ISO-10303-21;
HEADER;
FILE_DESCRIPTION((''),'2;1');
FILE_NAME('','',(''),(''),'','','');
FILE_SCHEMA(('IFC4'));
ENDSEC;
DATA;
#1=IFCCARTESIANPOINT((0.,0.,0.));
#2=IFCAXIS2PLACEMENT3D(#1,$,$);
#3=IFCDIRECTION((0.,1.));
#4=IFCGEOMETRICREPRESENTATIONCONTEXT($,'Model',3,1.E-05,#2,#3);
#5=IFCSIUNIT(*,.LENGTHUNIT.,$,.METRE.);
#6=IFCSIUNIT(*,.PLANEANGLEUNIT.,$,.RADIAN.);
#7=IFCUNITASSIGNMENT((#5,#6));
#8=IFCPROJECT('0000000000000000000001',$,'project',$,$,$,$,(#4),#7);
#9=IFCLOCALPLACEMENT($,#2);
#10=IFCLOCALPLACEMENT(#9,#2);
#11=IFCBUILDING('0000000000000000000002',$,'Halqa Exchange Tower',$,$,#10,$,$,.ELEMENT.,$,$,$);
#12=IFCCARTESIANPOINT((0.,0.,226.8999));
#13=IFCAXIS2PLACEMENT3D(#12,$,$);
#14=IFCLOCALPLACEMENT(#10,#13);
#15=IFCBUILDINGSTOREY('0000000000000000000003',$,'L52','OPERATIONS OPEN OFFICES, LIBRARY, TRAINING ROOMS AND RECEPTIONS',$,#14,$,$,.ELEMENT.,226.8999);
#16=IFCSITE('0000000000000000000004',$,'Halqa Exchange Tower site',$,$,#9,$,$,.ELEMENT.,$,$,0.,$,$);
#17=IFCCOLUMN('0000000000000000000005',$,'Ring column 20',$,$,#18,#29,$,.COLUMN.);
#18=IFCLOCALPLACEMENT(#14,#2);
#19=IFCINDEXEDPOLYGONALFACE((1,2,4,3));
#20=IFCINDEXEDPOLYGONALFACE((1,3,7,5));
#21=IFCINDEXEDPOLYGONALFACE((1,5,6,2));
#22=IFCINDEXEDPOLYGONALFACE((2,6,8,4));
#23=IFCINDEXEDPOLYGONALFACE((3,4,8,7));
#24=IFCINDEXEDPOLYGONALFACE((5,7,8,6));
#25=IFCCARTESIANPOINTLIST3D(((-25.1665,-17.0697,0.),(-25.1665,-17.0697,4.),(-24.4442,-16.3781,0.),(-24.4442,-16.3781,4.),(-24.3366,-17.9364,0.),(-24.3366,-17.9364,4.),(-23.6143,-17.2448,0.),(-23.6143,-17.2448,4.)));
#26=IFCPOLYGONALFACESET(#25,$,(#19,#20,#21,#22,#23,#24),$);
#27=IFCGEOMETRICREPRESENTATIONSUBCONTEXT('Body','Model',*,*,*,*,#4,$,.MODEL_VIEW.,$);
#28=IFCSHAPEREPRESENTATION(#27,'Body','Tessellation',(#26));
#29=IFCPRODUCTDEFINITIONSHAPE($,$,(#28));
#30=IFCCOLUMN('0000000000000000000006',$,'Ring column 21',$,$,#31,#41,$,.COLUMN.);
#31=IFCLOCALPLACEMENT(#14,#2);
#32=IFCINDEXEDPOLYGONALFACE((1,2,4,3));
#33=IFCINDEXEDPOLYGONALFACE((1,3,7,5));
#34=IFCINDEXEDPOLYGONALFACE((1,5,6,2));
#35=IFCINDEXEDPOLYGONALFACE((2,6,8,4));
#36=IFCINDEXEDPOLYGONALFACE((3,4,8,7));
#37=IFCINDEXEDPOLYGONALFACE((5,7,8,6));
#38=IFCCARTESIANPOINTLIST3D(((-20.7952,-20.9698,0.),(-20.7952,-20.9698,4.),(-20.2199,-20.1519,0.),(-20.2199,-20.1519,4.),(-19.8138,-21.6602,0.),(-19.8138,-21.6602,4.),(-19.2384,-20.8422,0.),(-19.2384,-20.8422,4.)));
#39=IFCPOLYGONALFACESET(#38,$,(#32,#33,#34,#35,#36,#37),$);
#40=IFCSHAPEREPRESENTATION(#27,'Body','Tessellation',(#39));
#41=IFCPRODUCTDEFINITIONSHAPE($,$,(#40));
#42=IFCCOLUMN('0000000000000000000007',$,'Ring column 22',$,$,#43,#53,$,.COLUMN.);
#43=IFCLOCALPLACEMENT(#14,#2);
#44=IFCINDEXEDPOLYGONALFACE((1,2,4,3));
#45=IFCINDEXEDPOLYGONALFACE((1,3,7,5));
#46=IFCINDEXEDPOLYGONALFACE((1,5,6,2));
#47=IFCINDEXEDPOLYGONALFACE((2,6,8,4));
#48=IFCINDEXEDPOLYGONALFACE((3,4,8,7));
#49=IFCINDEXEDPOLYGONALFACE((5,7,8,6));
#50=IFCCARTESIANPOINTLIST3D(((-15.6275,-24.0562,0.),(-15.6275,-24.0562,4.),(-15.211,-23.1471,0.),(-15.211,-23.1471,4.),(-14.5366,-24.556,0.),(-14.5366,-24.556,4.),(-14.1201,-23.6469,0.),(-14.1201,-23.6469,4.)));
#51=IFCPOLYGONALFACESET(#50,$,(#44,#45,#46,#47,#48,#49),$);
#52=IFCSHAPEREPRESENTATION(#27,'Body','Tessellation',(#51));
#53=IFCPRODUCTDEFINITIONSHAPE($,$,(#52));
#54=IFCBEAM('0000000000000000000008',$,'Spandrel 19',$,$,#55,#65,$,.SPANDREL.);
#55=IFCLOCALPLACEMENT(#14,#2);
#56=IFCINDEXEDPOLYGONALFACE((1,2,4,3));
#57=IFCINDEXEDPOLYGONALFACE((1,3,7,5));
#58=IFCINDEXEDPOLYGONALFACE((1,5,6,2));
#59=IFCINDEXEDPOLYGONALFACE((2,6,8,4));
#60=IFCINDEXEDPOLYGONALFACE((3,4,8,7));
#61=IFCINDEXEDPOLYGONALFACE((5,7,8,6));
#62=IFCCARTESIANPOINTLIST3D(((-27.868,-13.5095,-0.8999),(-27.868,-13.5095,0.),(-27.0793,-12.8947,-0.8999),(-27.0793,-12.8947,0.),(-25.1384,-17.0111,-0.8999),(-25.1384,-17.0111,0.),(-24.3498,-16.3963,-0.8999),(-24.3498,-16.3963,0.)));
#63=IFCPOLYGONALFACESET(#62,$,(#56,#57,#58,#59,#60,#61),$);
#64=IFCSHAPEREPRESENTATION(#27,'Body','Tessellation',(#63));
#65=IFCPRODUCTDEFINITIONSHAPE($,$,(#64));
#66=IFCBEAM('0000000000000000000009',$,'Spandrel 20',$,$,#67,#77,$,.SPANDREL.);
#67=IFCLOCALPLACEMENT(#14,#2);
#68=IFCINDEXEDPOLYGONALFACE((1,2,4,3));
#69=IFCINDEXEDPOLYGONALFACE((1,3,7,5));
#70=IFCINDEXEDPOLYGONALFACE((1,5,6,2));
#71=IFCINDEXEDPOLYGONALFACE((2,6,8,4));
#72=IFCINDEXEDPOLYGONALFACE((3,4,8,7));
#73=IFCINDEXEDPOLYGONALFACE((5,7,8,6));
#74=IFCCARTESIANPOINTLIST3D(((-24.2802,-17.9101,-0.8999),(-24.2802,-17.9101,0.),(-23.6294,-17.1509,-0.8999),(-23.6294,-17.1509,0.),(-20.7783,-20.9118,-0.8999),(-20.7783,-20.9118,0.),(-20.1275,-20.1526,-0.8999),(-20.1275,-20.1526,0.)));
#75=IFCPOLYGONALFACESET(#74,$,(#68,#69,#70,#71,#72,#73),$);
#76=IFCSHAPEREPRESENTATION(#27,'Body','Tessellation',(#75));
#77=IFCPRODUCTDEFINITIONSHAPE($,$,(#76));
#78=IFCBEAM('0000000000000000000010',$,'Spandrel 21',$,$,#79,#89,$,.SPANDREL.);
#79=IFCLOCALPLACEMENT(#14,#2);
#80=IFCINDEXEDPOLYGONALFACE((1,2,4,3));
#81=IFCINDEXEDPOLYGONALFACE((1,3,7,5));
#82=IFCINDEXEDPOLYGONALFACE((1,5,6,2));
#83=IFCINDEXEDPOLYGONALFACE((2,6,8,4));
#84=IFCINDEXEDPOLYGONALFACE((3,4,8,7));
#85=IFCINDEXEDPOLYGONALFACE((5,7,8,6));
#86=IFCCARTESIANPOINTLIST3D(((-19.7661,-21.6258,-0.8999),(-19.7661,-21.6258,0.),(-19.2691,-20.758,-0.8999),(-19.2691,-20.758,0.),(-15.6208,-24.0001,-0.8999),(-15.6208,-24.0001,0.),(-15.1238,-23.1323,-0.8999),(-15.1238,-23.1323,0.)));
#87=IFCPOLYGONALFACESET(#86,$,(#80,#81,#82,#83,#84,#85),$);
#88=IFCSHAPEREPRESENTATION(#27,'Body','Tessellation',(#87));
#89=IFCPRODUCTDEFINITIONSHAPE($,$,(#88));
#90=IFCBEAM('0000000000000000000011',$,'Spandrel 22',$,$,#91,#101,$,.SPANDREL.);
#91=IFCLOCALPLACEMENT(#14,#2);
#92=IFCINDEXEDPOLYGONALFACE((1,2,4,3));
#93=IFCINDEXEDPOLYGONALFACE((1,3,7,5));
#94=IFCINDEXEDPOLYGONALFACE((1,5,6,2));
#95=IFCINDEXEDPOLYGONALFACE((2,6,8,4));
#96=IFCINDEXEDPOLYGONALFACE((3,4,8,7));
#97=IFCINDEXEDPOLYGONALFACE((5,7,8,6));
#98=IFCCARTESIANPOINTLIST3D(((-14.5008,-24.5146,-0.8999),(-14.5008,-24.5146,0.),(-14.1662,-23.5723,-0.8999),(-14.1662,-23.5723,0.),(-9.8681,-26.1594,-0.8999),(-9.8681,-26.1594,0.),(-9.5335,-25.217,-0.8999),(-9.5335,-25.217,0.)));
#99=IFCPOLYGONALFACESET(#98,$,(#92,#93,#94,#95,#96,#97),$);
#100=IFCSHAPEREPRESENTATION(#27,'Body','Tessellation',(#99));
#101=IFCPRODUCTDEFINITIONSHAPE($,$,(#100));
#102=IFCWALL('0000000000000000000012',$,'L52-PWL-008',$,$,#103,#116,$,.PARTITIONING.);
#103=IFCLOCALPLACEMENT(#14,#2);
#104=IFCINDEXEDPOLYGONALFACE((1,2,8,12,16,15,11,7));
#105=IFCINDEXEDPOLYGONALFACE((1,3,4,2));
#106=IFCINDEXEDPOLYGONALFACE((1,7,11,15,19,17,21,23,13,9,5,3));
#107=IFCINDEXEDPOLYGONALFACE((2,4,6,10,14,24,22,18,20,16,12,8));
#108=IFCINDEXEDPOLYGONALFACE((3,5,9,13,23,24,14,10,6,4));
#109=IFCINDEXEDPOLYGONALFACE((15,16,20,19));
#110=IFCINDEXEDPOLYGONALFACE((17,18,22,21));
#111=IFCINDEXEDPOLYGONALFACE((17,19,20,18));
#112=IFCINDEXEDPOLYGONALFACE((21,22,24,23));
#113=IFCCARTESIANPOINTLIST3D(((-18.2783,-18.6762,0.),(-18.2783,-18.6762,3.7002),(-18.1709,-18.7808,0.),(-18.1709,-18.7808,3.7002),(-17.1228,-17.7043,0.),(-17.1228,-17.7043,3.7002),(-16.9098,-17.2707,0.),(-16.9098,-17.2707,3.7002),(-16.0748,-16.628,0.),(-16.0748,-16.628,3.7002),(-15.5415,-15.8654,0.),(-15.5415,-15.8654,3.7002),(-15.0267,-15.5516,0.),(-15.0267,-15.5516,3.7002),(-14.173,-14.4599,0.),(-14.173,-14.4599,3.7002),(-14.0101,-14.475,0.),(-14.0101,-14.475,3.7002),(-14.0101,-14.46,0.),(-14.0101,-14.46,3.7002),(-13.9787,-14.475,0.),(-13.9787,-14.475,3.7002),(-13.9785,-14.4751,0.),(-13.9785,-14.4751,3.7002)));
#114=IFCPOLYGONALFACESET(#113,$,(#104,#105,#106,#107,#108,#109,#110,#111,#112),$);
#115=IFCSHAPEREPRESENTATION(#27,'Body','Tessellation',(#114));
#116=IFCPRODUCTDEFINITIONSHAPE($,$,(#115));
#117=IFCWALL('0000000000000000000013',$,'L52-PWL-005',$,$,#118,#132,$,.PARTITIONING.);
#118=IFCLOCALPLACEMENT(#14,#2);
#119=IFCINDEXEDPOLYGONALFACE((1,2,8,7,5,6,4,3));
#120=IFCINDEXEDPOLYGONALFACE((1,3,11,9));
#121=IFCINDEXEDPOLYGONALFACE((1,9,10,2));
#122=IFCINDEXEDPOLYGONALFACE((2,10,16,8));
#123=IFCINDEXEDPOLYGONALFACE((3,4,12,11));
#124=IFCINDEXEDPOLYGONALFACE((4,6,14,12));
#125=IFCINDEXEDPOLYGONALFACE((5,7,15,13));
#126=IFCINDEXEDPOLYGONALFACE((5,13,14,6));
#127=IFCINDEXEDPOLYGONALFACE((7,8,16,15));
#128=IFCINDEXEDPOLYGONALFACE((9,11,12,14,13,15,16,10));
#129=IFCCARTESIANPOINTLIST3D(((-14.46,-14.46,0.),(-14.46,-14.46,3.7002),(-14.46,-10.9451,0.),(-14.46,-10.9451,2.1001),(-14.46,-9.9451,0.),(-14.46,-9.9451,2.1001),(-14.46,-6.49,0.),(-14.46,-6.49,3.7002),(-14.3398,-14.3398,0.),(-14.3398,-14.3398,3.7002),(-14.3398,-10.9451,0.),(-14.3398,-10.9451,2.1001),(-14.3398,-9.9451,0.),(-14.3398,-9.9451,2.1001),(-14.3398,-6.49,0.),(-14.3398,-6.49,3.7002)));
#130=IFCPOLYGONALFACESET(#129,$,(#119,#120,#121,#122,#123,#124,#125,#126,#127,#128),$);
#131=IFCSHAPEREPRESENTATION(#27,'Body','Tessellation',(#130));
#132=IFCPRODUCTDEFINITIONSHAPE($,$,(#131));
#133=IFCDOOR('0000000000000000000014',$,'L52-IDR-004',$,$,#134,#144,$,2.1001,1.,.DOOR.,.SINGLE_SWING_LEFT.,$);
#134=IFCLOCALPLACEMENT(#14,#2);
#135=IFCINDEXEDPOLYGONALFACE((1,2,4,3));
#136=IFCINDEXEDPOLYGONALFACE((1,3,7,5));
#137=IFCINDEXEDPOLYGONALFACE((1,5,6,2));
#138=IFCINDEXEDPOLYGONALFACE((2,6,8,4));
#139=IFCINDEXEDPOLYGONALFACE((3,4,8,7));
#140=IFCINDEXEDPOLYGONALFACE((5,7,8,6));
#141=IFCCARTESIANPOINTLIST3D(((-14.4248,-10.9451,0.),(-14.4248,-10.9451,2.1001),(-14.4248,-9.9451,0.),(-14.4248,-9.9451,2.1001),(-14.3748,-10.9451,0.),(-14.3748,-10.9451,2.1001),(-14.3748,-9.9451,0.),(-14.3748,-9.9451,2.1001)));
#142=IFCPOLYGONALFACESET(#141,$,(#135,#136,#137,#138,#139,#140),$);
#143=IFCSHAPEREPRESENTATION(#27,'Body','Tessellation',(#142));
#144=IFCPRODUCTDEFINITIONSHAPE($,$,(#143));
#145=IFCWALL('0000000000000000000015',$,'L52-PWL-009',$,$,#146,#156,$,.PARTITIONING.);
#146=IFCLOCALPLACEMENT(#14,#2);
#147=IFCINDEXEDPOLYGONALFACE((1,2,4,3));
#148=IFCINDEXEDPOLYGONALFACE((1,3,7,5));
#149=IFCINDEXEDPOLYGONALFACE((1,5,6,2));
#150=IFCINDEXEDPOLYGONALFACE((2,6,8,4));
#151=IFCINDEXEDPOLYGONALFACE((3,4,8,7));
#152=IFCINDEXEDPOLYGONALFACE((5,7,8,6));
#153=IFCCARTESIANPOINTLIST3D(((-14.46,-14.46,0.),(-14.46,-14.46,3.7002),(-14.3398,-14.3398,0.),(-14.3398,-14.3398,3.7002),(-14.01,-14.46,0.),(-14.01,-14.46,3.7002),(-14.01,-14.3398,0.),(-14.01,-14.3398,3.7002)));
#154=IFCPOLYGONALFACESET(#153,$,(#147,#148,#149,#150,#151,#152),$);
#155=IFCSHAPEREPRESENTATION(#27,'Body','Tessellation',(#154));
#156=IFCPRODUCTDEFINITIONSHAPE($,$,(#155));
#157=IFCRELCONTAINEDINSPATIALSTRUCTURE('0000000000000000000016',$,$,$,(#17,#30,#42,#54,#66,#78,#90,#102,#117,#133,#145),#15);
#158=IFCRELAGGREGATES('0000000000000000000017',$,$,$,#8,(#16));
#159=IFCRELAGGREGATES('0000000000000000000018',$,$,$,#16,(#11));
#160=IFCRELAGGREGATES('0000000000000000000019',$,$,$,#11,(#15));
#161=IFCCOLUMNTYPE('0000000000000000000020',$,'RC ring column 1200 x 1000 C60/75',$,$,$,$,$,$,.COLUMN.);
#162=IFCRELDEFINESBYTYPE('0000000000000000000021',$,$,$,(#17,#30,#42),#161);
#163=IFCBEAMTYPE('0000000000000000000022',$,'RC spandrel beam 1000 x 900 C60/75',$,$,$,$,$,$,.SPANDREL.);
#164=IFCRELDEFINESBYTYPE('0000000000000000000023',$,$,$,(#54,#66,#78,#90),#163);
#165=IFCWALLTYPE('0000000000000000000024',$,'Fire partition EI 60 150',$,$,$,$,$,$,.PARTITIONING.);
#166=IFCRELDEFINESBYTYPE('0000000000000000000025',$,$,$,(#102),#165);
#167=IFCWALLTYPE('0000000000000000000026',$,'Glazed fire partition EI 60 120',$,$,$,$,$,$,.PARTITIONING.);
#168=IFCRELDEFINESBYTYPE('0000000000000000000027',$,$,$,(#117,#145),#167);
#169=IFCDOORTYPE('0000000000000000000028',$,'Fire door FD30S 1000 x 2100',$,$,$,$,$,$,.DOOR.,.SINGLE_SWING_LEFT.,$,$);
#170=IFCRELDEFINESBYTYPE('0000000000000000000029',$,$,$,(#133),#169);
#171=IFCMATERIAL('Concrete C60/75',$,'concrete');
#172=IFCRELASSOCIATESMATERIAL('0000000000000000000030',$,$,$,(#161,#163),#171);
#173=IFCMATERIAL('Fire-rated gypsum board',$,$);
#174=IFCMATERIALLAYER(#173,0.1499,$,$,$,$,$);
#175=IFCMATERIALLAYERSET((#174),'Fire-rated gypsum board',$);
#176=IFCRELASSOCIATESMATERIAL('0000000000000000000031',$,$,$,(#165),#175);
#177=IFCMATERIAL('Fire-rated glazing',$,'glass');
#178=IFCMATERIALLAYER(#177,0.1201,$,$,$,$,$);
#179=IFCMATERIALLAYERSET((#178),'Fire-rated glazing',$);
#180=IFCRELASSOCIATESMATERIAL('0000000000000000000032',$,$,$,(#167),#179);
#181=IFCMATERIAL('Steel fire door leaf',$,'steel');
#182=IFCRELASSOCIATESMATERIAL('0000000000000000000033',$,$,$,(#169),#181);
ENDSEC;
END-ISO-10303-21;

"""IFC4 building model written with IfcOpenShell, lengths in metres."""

from ifc_helpers import new_model, si_unit, direction, frame, frame_2d, origin, origin_2d, place, context, subcontext, project, spatial, polyline, rectangle, outline, extrude, material, layer, layer_set, material_profile, profile_set, type_object, element, fill, save


model = new_model("IFC4")

# Units and contexts
model_context = context("Model", 3, precision=1e-05, world=origin(), true_north=direction((0.0, 1.0)))
body_context = subcontext(model_context, "Body", "Model", "MODEL_VIEW")
ifc_project = project(units=[si_unit("LENGTHUNIT", "METRE"), si_unit("PLANEANGLEUNIT", "RADIAN")], contexts=[model_context])

# Site, building, storey
site_placement = place(None, origin())
site = spatial("IfcSite", under=ifc_project, at=site_placement, Name="Halqa Exchange Tower site", CompositionType="ELEMENT", RefElevation=0.0)
building_placement = place(site_placement, origin())
building = spatial("IfcBuilding", under=site, at=building_placement, Name="Halqa Exchange Tower", CompositionType="ELEMENT")
storey_placement = place(building_placement, frame((0.0, 0.0, 226.8999)))
storey = spatial("IfcBuildingStorey", under=building, at=storey_placement, Name="L52", Description="OPERATIONS OPEN OFFICES, LIBRARY, TRAINING ROOMS AND RECEPTIONS", CompositionType="ELEMENT", Elevation=226.8999)

# Columns
ifc_material_1 = material(Name="Concrete C60/75", Category="concrete")
ifc_material_profile_1 = material_profile(ifc_material_1, rectangle(XDim=1.2, YDim=1.0, at=origin_2d()), Name="1200 x 1000")
ifc_profile_set_1 = profile_set([ifc_material_profile_1], Name="Concrete C60/75")
column_type = type_object("IfcColumnType", Name="RC ring column 1200 x 1000 C60/75", PredefinedType="COLUMN", material=ifc_profile_set_1)
for number, where, z_axis, x_axis, name in (
    (1, (-24.3904, -17.1572, 0.0), (0.0, 0.0, 1.0), (0.691576, -0.722304, 0.0), "Ring column 20"),
    (2, (-20.0168, -20.906, 0.0), (0.0, 0.0, 1.0), (0.817909, -0.575348, 0.0), "Ring column 21"),
    (3, (-14.8738, -23.8516, 0.0), (0.0, 0.0, 1.0), (0.909129, -0.416516, 0.0), "Ring column 22"),
):
    element("IfcColumn", number, at=place(storey_placement, frame(where, z_axis=z_axis, x_axis=x_axis)), inside=storey, type_object=column_type, Name=name, PredefinedType="COLUMN", context=body_context, shape_type="SweptSolid", body=[
        extrude(rectangle(XDim=1.2, YDim=1.0, at=origin_2d()), origin(), (0.0, 0.0, 1.0), 4.0),
    ])

# Beams
ifc_material_profile_2 = material_profile(ifc_material_1, rectangle(XDim=1.0, YDim=0.8999, at=origin_2d()), Name="1000 x 900")
ifc_profile_set_2 = profile_set([ifc_material_profile_2], Name="Concrete C60/75")
beam_type = type_object("IfcBeamType", Name="RC spandrel beam 1000 x 900 C60/75", PredefinedType="SPANDREL", material=ifc_profile_set_2)
beam_1_placement = place(storey_placement, frame((-27.4736, -13.2021, -0.45), z_axis=(0.614801, -0.788683, 0.0), x_axis=(0.788683, 0.614801, 0.0)))
element("IfcBeam", 4, at=beam_1_placement, inside=storey, type_object=beam_type, Name="Spandrel 19", PredefinedType="SPANDREL", context=body_context, shape_type="SweptSolid", body=[
    extrude(rectangle(XDim=1.0, YDim=0.8999, at=origin_2d()), origin(), (0.0, 0.0, 1.0), 4.4397),
])
beam_2_placement = place(storey_placement, frame((-23.9548, -17.5305, -0.45), z_axis=(0.759253, -0.650796, 0.0), x_axis=(0.650796, 0.759253, 0.0)))
element("IfcBeam", 5, at=beam_2_placement, inside=storey, type_object=beam_type, Name="Spandrel 20", PredefinedType="SPANDREL", context=body_context, shape_type="SweptSolid", body=[
    extrude(rectangle(XDim=1.0, YDim=0.8999, at=origin_2d()), origin(), (0.0, 0.0, 1.0), 4.6123),
])
beam_3_placement = place(storey_placement, frame((-19.5176, -21.1919, -0.45), z_axis=(0.867743, -0.497014, 0.0), x_axis=(0.497014, 0.867743, 0.0)))
element("IfcBeam", 6, at=beam_3_placement, inside=storey, type_object=beam_type, Name="Spandrel 21", PredefinedType="SPANDREL", context=body_context, shape_type="SweptSolid", body=[
    extrude(rectangle(XDim=1.0, YDim=0.8999, at=origin_2d()), origin(), (0.0, 0.0, 1.0), 4.7771),
])
beam_4_placement = place(storey_placement, frame((-14.3335, -24.0435, -0.45), z_axis=(0.942372, -0.334568, 0.0), x_axis=(0.334568, 0.942372, 0.0)))
element("IfcBeam", 7, at=beam_4_placement, inside=storey, type_object=beam_type, Name="Spandrel 22", PredefinedType="SPANDREL", context=body_context, shape_type="SweptSolid", body=[
    extrude(rectangle(XDim=1.0, YDim=0.8999, at=origin_2d()), origin(), (0.0, 0.0, 1.0), 4.916),
])

# Wall
ifc_material_2 = material(Name="Fire-rated gypsum board")
ifc_layer_1 = layer(ifc_material_2, 0.1499)
ifc_layer_set_1 = layer_set([ifc_layer_1], Name="Fire-rated gypsum board")
wall_type_1 = type_object("IfcWallType", Name="Fire partition EI 60 150", PredefinedType="PARTITIONING", material=ifc_layer_set_1)
wall_1_placement = place(storey_placement, frame((-14.0322, -14.4229, 0.0), z_axis=(0.0, 0.0, 1.0), x_axis=(-0.697619, -0.716469, 0.0)))
element("IfcWall", 8, at=wall_1_placement, inside=storey, type_object=wall_type_1, Name="L52-PWL-008", PredefinedType="PARTITIONING", context=body_context, shape_type="SweptSolid", body=[
    extrude(outline(polyline([(0.0, 0.075), (0.0, 0.0747), (0.022, 0.0522), (0.0112, 0.0417), (0.1248, -0.075), (2.0864, -0.075), (4.0479, -0.075), (6.0095, -0.075), (6.0095, 0.075), (4.5071, 0.075), (3.0049, 0.075), (1.5024, 0.075), (0.0, 0.075)])), origin(), (0.0, 0.0, 1.0), 3.7002),
])

# Wall, opening, door
ifc_material_3 = material(Name="Fire-rated glazing", Category="glass")
ifc_layer_2 = layer(ifc_material_3, 0.1201)
ifc_layer_set_2 = layer_set([ifc_layer_2], Name="Fire-rated glazing")
wall_type_2 = type_object("IfcWallType", Name="Glazed fire partition EI 60 120", PredefinedType="PARTITIONING", material=ifc_layer_set_2)
wall_2_placement = place(storey_placement, frame((-14.3999, -14.46, 0.0), z_axis=(0.0, 0.0, 1.0), x_axis=(0.0, 1.0, 0.0)))
wall_2 = element("IfcWall", 9, at=wall_2_placement, inside=storey, type_object=wall_type_2, Name="L52-PWL-005", PredefinedType="PARTITIONING", context=body_context, shape_type="SweptSolid", body=[
    extrude(outline(polyline([(7.97, 0.0601), (5.9775, 0.0601), (3.9849, 0.0601), (1.9924, 0.0601), (0.0, 0.0601), (0.1201, -0.0601), (2.0825, -0.0601), (4.0449, -0.0601), (6.0076, -0.0601), (7.97, -0.0601), (7.97, 0.0601)])), origin(), (0.0, 0.0, 1.0), 3.7002),
])
opening_1_placement = place(wall_2_placement, frame((3.5149, 0.0, 0.0)))
opening_1 = element("IfcOpeningElement", 10, at=opening_1_placement, cuts=wall_2, PredefinedType="OPENING", context=body_context, shape_type="SweptSolid", body=[
    extrude(rectangle(XDim=1.0, YDim=2.1001, at=frame_2d((0.5, 1.05))), frame((0.0, 0.072, 0.0), z_axis=(0.0, -1.0, 0.0), x_axis=(1.0, 0.0, 0.0)), (0.0, 0.0, 1.0), 0.144),
])
ifc_material_4 = material(Name="Steel fire door leaf", Category="steel")
door_type_1 = type_object("IfcDoorType", Name="Fire door FD30S 1000 x 2100", OperationType="SINGLE_SWING_LEFT", PredefinedType="DOOR", material=ifc_material_4)
door_1_placement = place(opening_1_placement, origin())
door_1 = element("IfcDoor", 11, at=door_1_placement, inside=storey, type_object=door_type_1, Name="L52-IDR-004", OperationType="SINGLE_SWING_LEFT", OverallHeight=2.1001, OverallWidth=1.0, PredefinedType="DOOR", context=body_context, shape_type="SweptSolid", body=[
    extrude(rectangle(XDim=1.0, YDim=2.1001, at=frame_2d((0.5, 1.05))), frame((0.0, 0.0249, 0.0), z_axis=(0.0, -1.0, 0.0), x_axis=(1.0, 0.0, 0.0)), (0.0, 0.0, 1.0), 0.05),
])
fill(opening_1, door_1)

# Wall
wall_3_placement = place(storey_placement, frame((-14.01, -14.3999, 0.0), z_axis=(0.0, 0.0, 1.0), x_axis=(-1.0, 0.0, 0.0)))
element("IfcWall", 12, at=wall_3_placement, inside=storey, type_object=wall_type_2, Name="L52-PWL-009", PredefinedType="PARTITIONING", context=body_context, shape_type="SweptSolid", body=[
    extrude(outline(polyline([(0.0, -0.0601), (0.3298, -0.0601), (0.45, 0.0601), (0.0, 0.0601), (0.0, -0.0601)])), origin(), (0.0, 0.0, 1.0), 3.7002),
])

save(model, "model.ifc")
